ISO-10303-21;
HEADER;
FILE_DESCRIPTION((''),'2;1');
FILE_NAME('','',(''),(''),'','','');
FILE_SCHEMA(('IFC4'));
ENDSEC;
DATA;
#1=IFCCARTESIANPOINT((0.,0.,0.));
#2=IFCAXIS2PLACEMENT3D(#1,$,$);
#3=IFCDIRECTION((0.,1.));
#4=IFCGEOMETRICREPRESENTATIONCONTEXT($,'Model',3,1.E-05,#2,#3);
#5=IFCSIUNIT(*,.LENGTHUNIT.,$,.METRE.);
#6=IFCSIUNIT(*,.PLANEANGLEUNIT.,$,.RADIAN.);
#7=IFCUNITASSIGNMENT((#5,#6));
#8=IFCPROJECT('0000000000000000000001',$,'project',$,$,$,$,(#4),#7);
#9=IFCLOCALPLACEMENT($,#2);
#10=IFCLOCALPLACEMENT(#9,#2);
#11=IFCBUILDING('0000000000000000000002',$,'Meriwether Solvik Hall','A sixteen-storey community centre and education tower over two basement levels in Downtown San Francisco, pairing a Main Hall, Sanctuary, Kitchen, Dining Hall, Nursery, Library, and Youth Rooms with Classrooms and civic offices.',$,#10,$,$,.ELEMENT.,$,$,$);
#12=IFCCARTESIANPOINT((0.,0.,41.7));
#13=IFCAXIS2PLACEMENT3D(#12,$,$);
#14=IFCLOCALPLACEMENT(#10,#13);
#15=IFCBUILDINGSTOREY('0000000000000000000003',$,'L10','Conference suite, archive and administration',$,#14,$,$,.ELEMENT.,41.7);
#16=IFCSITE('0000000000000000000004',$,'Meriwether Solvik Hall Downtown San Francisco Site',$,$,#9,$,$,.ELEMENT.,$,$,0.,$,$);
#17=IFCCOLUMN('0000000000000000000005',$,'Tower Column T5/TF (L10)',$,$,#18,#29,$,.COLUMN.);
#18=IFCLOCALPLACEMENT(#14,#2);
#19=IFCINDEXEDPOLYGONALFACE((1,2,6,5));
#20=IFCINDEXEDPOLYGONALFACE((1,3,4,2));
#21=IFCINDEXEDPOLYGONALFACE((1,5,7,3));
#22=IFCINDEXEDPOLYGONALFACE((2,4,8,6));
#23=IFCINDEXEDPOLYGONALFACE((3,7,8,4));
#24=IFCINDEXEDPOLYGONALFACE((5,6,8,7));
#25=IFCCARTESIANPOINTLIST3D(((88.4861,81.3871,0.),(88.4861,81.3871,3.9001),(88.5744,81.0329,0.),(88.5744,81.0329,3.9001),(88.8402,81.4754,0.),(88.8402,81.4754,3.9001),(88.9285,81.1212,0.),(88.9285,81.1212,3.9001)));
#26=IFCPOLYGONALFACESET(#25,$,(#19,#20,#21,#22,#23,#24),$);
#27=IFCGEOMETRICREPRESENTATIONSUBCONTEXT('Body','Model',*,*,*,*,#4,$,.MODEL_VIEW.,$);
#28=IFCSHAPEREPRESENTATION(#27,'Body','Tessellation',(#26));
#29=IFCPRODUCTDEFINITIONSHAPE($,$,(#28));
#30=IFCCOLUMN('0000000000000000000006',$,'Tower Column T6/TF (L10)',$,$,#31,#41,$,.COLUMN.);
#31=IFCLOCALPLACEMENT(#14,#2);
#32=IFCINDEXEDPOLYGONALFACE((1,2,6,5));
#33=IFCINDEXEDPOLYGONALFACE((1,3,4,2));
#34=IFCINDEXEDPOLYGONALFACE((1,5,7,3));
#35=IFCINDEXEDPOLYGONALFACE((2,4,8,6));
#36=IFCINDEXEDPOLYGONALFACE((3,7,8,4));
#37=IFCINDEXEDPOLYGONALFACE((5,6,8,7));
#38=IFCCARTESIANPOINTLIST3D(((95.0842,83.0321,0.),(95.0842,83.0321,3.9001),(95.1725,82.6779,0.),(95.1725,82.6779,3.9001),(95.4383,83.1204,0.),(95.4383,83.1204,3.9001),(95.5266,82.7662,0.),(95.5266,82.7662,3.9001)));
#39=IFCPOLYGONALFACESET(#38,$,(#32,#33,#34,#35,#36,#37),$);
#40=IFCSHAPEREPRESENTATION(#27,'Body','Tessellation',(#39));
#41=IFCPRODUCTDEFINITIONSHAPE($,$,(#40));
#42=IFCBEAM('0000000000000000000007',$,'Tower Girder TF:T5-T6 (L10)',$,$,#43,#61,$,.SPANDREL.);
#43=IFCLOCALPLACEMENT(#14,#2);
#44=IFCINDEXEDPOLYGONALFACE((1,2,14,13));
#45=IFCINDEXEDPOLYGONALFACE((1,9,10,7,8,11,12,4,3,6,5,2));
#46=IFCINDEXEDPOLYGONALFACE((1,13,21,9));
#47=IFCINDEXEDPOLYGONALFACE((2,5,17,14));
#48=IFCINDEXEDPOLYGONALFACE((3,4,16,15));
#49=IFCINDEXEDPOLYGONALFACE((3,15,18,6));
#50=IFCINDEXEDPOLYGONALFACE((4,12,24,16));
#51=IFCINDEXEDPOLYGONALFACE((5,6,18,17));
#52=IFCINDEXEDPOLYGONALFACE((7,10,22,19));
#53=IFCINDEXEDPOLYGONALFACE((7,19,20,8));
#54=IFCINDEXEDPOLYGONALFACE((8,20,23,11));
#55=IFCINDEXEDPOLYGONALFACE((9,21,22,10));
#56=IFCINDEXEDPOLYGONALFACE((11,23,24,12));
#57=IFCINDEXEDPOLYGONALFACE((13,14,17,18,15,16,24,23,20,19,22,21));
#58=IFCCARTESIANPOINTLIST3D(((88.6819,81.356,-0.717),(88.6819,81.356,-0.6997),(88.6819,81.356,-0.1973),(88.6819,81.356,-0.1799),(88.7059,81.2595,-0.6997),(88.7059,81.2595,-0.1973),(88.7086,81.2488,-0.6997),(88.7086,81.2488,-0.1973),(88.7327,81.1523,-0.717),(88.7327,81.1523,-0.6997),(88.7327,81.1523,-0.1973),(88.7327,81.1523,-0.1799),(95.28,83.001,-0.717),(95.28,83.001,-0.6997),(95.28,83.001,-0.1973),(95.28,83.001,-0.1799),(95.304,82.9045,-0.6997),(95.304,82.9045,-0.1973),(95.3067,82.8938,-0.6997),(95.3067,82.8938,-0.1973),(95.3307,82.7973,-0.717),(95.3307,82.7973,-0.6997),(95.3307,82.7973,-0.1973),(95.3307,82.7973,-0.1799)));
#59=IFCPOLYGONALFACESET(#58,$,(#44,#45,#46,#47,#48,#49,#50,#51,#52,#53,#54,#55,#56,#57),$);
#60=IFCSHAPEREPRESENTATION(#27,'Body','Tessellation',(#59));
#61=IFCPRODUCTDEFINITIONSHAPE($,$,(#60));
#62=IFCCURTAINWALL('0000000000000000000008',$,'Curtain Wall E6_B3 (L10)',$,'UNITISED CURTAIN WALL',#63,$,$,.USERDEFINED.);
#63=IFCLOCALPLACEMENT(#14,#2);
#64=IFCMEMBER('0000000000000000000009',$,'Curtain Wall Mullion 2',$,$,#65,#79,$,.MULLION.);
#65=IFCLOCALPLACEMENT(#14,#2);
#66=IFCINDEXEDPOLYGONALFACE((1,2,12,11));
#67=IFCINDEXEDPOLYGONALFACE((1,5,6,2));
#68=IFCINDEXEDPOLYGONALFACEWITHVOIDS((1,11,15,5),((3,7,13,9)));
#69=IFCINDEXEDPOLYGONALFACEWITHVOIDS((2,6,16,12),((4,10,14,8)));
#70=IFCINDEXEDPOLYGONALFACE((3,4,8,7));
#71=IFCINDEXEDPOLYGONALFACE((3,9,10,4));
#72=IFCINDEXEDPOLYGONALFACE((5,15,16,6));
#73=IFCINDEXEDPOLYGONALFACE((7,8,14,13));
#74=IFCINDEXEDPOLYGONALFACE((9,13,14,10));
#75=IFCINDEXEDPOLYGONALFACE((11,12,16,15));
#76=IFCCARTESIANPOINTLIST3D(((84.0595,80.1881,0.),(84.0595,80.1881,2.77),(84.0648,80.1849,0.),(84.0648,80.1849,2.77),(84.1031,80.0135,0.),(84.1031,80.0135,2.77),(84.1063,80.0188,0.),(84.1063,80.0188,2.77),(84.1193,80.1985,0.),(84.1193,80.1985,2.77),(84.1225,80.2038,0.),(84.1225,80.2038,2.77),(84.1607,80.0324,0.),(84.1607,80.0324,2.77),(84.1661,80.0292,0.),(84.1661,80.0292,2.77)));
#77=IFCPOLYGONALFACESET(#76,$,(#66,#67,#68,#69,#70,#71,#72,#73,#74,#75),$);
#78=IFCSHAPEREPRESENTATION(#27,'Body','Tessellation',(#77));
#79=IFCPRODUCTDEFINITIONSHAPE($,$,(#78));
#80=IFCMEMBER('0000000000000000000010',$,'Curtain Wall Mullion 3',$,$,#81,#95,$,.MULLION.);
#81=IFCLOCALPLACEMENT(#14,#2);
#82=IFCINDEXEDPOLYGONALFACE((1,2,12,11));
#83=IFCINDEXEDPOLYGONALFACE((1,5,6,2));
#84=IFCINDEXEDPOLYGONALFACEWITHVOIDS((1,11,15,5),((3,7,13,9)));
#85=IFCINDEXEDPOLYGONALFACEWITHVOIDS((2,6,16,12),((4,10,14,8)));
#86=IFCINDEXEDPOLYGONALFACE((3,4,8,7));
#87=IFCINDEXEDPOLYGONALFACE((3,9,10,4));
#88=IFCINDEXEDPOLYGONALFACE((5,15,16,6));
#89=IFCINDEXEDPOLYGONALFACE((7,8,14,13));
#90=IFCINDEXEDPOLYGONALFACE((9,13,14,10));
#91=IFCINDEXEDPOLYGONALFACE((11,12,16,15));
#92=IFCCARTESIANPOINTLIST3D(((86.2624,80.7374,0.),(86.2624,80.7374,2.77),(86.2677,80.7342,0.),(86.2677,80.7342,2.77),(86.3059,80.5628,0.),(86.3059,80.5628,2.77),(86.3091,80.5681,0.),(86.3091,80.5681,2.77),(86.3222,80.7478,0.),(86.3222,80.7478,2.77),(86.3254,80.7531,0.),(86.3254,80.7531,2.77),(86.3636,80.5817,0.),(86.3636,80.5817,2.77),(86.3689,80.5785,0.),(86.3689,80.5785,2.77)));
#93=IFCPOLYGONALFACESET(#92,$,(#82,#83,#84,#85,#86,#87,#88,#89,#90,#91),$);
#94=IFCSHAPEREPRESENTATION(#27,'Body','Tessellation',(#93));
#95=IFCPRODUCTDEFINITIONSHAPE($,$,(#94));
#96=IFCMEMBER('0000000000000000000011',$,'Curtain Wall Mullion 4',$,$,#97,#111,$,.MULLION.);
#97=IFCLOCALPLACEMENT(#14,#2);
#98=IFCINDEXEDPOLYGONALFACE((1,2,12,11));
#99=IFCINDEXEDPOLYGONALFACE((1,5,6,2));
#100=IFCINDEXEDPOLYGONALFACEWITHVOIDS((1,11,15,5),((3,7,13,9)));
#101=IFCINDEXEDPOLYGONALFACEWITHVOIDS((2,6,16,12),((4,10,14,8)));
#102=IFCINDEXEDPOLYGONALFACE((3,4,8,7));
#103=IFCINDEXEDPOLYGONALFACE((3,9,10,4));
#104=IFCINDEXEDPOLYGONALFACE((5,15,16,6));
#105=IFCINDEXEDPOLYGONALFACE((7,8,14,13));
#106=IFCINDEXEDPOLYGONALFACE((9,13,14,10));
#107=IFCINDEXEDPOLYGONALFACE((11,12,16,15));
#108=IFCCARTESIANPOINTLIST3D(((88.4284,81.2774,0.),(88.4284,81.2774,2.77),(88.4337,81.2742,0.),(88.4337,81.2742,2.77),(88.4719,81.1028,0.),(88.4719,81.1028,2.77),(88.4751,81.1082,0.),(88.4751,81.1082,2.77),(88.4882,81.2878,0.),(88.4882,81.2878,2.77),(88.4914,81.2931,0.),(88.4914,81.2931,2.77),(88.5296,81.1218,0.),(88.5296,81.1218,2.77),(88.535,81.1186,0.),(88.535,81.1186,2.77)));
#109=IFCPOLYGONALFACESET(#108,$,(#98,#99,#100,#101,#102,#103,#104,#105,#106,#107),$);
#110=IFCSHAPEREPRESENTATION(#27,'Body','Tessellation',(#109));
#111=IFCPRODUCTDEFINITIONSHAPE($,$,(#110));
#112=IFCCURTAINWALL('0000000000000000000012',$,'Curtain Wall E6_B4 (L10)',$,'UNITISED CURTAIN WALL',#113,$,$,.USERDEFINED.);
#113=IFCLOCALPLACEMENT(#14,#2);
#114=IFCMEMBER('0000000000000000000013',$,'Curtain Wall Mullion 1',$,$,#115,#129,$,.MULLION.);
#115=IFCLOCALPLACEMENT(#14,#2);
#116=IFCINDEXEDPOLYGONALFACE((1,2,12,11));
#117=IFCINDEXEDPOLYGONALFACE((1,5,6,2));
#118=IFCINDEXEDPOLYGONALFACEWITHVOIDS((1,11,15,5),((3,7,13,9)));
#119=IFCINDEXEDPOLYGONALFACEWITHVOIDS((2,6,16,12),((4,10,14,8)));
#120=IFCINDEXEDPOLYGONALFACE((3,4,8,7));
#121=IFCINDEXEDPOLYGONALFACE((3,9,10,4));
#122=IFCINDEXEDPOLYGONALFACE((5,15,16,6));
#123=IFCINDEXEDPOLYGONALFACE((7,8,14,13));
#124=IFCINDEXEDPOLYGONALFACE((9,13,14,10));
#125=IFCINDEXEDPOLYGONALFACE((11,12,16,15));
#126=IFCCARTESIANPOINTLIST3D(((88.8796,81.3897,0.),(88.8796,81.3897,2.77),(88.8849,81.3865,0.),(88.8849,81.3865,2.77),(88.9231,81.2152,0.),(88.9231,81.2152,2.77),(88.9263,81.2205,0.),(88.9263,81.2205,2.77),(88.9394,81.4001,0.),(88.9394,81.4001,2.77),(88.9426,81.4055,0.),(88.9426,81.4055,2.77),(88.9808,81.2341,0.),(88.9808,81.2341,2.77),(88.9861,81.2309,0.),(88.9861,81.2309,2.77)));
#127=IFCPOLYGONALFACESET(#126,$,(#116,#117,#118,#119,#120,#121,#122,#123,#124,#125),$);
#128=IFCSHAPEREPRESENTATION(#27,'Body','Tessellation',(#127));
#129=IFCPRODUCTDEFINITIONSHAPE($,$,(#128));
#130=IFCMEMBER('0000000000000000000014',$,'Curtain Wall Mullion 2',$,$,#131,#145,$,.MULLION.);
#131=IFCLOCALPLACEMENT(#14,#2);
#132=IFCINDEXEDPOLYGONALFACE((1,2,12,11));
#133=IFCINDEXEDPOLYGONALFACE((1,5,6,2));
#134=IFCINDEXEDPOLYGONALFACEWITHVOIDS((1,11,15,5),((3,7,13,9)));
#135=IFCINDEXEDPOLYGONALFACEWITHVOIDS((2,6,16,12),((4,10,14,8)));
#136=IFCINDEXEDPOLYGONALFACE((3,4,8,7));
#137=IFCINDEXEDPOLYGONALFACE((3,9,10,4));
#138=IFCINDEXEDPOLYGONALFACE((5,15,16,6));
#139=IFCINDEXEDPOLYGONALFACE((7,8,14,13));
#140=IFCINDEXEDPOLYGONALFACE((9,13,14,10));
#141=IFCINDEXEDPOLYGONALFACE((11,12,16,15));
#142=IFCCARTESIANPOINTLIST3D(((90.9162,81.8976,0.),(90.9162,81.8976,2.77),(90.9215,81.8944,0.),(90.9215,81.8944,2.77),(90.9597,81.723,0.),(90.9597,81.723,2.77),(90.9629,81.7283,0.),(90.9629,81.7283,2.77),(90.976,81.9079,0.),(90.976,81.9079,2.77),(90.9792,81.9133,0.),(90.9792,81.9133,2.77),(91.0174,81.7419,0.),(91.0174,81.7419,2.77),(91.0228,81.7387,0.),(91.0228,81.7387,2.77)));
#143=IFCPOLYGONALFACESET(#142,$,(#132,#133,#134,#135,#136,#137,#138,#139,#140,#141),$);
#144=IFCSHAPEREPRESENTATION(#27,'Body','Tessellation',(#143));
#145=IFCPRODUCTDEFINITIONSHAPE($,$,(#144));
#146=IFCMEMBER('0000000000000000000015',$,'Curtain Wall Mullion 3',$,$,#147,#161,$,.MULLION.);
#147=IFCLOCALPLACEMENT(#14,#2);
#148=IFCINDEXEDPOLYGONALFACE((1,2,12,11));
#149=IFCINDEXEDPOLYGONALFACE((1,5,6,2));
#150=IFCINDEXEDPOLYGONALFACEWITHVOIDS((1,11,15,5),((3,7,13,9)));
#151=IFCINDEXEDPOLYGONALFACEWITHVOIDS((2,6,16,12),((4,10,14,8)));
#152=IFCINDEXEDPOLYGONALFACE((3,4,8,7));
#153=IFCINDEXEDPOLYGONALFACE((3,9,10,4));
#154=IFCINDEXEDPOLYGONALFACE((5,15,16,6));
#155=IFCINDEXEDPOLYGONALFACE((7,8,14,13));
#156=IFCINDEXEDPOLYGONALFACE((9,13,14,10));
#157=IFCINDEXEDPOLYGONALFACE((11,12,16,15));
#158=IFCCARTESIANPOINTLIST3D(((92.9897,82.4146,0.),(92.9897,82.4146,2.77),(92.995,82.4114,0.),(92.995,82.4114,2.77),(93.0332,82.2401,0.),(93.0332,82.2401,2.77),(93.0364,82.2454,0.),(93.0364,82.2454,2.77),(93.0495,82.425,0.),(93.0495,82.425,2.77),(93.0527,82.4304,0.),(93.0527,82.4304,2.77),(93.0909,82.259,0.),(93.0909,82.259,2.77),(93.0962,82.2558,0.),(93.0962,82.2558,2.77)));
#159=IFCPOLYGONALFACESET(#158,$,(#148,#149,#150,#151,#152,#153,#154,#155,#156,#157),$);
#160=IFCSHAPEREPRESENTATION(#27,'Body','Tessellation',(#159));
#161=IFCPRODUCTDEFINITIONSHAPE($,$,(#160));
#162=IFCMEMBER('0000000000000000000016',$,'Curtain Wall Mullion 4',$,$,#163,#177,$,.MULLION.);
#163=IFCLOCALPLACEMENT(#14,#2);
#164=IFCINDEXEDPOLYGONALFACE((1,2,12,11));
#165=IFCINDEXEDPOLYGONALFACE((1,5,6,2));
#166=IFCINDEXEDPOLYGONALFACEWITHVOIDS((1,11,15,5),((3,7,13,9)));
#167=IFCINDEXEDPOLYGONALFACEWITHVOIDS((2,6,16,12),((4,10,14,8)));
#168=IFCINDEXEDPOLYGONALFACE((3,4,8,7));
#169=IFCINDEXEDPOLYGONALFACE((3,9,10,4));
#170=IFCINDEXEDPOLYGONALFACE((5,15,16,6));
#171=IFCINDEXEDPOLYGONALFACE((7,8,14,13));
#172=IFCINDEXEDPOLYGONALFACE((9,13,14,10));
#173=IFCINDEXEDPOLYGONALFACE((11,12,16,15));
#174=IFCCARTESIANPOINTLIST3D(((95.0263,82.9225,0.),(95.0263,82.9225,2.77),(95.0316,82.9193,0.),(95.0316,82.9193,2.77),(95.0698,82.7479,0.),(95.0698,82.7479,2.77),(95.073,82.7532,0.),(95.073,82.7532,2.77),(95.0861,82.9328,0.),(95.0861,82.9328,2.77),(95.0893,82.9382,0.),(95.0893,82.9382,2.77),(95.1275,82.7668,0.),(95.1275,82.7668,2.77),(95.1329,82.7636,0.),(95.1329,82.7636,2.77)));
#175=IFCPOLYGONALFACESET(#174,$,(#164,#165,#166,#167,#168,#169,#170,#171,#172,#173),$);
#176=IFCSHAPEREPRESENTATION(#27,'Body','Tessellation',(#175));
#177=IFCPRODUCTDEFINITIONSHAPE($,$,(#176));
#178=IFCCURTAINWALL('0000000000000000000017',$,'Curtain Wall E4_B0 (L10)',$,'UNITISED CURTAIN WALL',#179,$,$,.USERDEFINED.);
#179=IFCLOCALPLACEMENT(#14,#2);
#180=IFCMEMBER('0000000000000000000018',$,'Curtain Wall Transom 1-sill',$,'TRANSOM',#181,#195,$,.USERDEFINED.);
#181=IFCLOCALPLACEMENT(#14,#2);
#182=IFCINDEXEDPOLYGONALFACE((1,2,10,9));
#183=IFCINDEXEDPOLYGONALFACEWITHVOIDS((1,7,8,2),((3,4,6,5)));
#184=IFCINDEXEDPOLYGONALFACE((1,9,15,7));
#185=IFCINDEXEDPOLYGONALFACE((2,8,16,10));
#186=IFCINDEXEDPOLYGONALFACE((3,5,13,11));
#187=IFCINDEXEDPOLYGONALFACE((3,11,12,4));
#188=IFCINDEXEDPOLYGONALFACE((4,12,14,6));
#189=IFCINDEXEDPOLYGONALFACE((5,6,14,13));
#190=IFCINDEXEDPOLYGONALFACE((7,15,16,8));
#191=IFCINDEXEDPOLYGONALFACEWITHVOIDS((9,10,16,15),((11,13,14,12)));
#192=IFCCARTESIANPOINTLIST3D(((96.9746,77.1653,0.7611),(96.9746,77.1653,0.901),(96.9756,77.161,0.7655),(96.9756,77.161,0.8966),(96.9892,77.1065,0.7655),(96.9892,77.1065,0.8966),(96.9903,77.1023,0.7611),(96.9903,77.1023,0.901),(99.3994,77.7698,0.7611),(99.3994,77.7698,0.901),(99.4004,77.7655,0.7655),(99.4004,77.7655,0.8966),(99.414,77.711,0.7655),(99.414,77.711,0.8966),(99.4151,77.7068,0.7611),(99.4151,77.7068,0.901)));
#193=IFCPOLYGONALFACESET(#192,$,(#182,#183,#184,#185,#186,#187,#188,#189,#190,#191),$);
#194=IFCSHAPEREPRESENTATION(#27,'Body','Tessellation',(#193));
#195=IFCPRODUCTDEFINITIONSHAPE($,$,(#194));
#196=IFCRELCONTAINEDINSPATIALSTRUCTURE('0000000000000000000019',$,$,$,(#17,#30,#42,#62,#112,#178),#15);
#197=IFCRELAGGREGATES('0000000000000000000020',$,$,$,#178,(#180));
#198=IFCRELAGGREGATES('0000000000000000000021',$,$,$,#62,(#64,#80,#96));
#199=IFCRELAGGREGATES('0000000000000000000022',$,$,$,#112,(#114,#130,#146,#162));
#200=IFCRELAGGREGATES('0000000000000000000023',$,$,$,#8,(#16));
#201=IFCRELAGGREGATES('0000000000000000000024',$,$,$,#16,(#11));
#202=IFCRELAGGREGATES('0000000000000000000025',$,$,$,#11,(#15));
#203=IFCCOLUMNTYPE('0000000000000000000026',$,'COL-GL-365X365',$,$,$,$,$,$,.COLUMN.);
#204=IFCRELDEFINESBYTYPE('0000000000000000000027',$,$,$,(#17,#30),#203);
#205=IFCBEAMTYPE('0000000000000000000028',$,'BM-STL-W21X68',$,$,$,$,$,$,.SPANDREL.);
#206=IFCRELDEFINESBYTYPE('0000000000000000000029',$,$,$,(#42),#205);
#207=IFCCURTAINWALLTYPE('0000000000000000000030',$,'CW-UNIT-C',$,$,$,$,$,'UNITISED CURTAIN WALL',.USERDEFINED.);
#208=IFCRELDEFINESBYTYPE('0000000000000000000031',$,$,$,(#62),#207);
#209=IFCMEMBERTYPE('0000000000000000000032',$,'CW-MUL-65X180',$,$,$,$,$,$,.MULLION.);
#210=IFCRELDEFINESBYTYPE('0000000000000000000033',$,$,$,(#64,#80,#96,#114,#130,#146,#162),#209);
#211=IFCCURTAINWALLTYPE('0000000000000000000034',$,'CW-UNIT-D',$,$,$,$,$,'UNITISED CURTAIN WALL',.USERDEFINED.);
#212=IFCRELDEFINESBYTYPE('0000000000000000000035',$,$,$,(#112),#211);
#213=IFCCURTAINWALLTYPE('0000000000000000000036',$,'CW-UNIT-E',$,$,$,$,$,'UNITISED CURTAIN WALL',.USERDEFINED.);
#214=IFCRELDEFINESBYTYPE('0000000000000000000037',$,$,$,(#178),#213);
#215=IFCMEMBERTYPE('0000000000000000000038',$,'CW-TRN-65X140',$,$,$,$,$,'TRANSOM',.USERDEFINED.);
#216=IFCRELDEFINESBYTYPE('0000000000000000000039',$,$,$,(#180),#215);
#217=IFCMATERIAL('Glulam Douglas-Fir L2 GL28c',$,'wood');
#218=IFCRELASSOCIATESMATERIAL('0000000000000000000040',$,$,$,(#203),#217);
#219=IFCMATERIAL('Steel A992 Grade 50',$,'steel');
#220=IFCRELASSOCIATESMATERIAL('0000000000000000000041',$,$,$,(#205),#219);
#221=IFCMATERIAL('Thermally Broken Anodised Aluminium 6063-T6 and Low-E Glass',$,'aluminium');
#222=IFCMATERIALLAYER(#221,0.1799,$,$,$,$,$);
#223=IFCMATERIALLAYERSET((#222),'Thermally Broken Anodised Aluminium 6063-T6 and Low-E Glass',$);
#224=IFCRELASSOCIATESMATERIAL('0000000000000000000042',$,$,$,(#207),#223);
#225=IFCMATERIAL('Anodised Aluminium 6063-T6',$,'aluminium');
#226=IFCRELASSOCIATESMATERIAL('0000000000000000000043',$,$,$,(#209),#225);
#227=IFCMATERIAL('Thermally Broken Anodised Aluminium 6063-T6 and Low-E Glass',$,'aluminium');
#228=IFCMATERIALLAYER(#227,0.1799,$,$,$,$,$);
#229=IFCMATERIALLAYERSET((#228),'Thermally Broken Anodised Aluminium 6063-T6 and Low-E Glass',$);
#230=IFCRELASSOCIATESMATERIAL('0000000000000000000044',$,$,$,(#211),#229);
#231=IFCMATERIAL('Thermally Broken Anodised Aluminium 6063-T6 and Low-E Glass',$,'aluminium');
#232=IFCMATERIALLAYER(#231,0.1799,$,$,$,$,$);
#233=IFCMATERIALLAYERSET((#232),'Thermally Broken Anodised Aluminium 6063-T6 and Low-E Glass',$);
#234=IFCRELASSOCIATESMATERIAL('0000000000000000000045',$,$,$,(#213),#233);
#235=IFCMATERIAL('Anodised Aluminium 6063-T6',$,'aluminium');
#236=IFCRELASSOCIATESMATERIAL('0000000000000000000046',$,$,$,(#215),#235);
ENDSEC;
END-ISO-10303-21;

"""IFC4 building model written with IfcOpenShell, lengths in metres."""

from ifc_helpers import new_model, si_unit, direction, frame, origin, origin_2d, place, context, subcontext, project, spatial, rectangle, hollow_rectangle, i_section, extrude, material, layer, layer_set, material_profile, profile_set, type_object, element, aggregate, save


model = new_model("IFC4")

# Units and contexts
model_context = context("Model", 3, precision=1e-05, world=origin(), true_north=direction((0.0, 1.0)))
body_context = subcontext(model_context, "Body", "Model", "MODEL_VIEW")
ifc_project = project(units=[si_unit("LENGTHUNIT", "METRE"), si_unit("PLANEANGLEUNIT", "RADIAN")], contexts=[model_context])

# Site, building, storey
site_placement = place(None, origin())
site = spatial("IfcSite", under=ifc_project, at=site_placement, Name="Meriwether Solvik Hall Downtown San Francisco Site", CompositionType="ELEMENT", RefElevation=0.0)
building_placement = place(site_placement, origin())
building = spatial("IfcBuilding", under=site, at=building_placement, Name="Meriwether Solvik Hall", Description="A sixteen-storey community centre and education tower over two basement levels in Downtown San Francisco, pairing a Main Hall, Sanctuary, Kitchen, Dining Hall, Nursery, Library, and Youth Rooms with Classrooms and civic offices.", CompositionType="ELEMENT")
storey_placement = place(building_placement, frame((0.0, 0.0, 41.7)))
storey = spatial("IfcBuildingStorey", under=building, at=storey_placement, Name="L10", Description="Conference suite, archive and administration", CompositionType="ELEMENT", Elevation=41.7)

# Columns
ifc_material_1 = material(Name="Glulam Douglas-Fir L2 GL28c", Category="wood")
ifc_material_profile_1 = material_profile(ifc_material_1, rectangle(XDim=0.365, YDim=0.365, at=origin_2d()), Name="GLC-365X365")
ifc_profile_set_1 = profile_set([ifc_material_profile_1], Name="Glulam Douglas-Fir L2 GL28c")
column_type = type_object("IfcColumnType", Name="COL-GL-365X365", PredefinedType="COLUMN", material=ifc_profile_set_1)
for number, where, z_axis, x_axis, name in (
    (1, (88.7073, 81.2542, 0.0), (0.0, 0.0, 1.0), (0.970296, 0.241922, 0.0), "Tower Column T5/TF (L10)"),
    (2, (95.3054, 82.8992, 0.0), (0.0, 0.0, 1.0), (0.970296, 0.241922, 0.0), "Tower Column T6/TF (L10)"),
):
    element("IfcColumn", number, at=place(storey_placement, frame(where, z_axis=z_axis, x_axis=x_axis)), inside=storey, type_object=column_type, Name=name, PredefinedType="COLUMN", context=body_context, shape_type="SweptSolid", body=[
        extrude(rectangle(XDim=0.365, YDim=0.365, at=origin_2d()), origin(), (0.0, 0.0, 1.0), 3.9001),
    ])

# Beam
ifc_material_2 = material(Name="Steel A992 Grade 50", Category="steel")
ifc_material_profile_2 = material_profile(ifc_material_2, i_section(OverallWidth=0.21, OverallDepth=0.5371, WebThickness=0.011, FlangeThickness=0.0173, at=origin_2d()), Name="W21X68")
ifc_profile_set_2 = profile_set([ifc_material_profile_2], Name="Steel A992 Grade 50")
beam_type = type_object("IfcBeamType", Name="BM-STL-W21X68", PredefinedType="SPANDREL", material=ifc_profile_set_2)
beam_placement = place(storey_placement, frame((88.7073, 81.2542, -0.4485), z_axis=(0.970299, 0.24191, 0.0), x_axis=(-0.24191, 0.970299, 0.0)))
element("IfcBeam", 3, at=beam_placement, inside=storey, type_object=beam_type, Name="Tower Girder TF:T5-T6 (L10)", PredefinedType="SPANDREL", context=body_context, shape_type="SweptSolid", body=[
    extrude(i_section(OverallWidth=0.21, OverallDepth=0.5371, WebThickness=0.011, FlangeThickness=0.0173, at=origin_2d()), origin(), (0.0, 0.0, 1.0), 6.8),
])

# Curtain walls, members
ifc_material_3 = material(Name="Thermally Broken Anodised Aluminium 6063-T6 and Low-E Glass", Category="aluminium")
ifc_layer_1 = layer(ifc_material_3, 0.1799)
ifc_layer_set_1 = layer_set([ifc_layer_1], Name="Thermally Broken Anodised Aluminium 6063-T6 and Low-E Glass")
curtain_wall_type_1 = type_object("IfcCurtainWallType", Name="CW-UNIT-C", ElementType="UNITISED CURTAIN WALL", PredefinedType="USERDEFINED", material=ifc_layer_set_1)
curtain_wall_1_placement = place(storey_placement, origin())
curtain_wall_1 = element("IfcCurtainWall", 4, at=curtain_wall_1_placement, inside=storey, type_object=curtain_wall_type_1, Name="Curtain Wall E6_B3 (L10)", ObjectType="UNITISED CURTAIN WALL", PredefinedType="USERDEFINED")
ifc_material_4 = material(Name="Anodised Aluminium 6063-T6", Category="aluminium")
ifc_material_profile_3 = material_profile(ifc_material_4, hollow_rectangle(XDim=0.0649, YDim=0.1799, WallThickness=0.0044, at=origin_2d()), Name="CWM-65X180")
ifc_profile_set_3 = profile_set([ifc_material_profile_3], Name="Anodised Aluminium 6063-T6")
member_type_1 = type_object("IfcMemberType", Name="CW-MUL-65X180", PredefinedType="MULLION", material=ifc_profile_set_3)
member_1_placement = place(storey_placement, frame((84.1128, 80.1086, 0.0), z_axis=(0.0, 0.0, 1.0), x_axis=(0.970296, 0.241922, 0.0)))
member_1 = element("IfcMember", 5, at=member_1_placement, type_object=member_type_1, Name="Curtain Wall Mullion 2", PredefinedType="MULLION", context=body_context, shape_type="SweptSolid", body=[
    extrude(hollow_rectangle(XDim=0.0649, YDim=0.1799, WallThickness=0.0044, at=origin_2d()), origin(), (0.0, 0.0, 1.0), 2.77),
])
member_2_placement = place(storey_placement, frame((86.3157, 80.658, 0.0), z_axis=(0.0, 0.0, 1.0), x_axis=(0.970296, 0.241922, 0.0)))
member_2 = element("IfcMember", 6, at=member_2_placement, type_object=member_type_1, Name="Curtain Wall Mullion 3", PredefinedType="MULLION", context=body_context, shape_type="SweptSolid", body=[
    extrude(hollow_rectangle(XDim=0.0649, YDim=0.1799, WallThickness=0.0044, at=origin_2d()), origin(), (0.0, 0.0, 1.0), 2.77),
])
member_3_placement = place(storey_placement, frame((88.4817, 81.198, 0.0), z_axis=(0.0, 0.0, 1.0), x_axis=(0.970296, 0.241922, 0.0)))
member_3 = element("IfcMember", 7, at=member_3_placement, type_object=member_type_1, Name="Curtain Wall Mullion 4", PredefinedType="MULLION", context=body_context, shape_type="SweptSolid", body=[
    extrude(hollow_rectangle(XDim=0.0649, YDim=0.1799, WallThickness=0.0044, at=origin_2d()), origin(), (0.0, 0.0, 1.0), 2.77),
])
ifc_material_5 = material(Name="Thermally Broken Anodised Aluminium 6063-T6 and Low-E Glass", Category="aluminium")
ifc_layer_2 = layer(ifc_material_5, 0.1799)
ifc_layer_set_2 = layer_set([ifc_layer_2], Name="Thermally Broken Anodised Aluminium 6063-T6 and Low-E Glass")
curtain_wall_type_2 = type_object("IfcCurtainWallType", Name="CW-UNIT-D", ElementType="UNITISED CURTAIN WALL", PredefinedType="USERDEFINED", material=ifc_layer_set_2)
curtain_wall_2_placement = place(storey_placement, origin())
curtain_wall_2 = element("IfcCurtainWall", 8, at=curtain_wall_2_placement, inside=storey, type_object=curtain_wall_type_2, Name="Curtain Wall E6_B4 (L10)", ObjectType="UNITISED CURTAIN WALL", PredefinedType="USERDEFINED")
member_4_placement = place(storey_placement, frame((88.9329, 81.3103, 0.0), z_axis=(0.0, 0.0, 1.0), x_axis=(0.970296, 0.241922, 0.0)))
member_4 = element("IfcMember", 9, at=member_4_placement, type_object=member_type_1, Name="Curtain Wall Mullion 1", PredefinedType="MULLION", context=body_context, shape_type="SweptSolid", body=[
    extrude(hollow_rectangle(XDim=0.0649, YDim=0.1799, WallThickness=0.0044, at=origin_2d()), origin(), (0.0, 0.0, 1.0), 2.77),
])
member_5_placement = place(storey_placement, frame((90.9695, 81.8181, 0.0), z_axis=(0.0, 0.0, 1.0), x_axis=(0.970296, 0.241922, 0.0)))
member_5 = element("IfcMember", 10, at=member_5_placement, type_object=member_type_1, Name="Curtain Wall Mullion 2", PredefinedType="MULLION", context=body_context, shape_type="SweptSolid", body=[
    extrude(hollow_rectangle(XDim=0.0649, YDim=0.1799, WallThickness=0.0044, at=origin_2d()), origin(), (0.0, 0.0, 1.0), 2.77),
])
member_6_placement = place(storey_placement, frame((93.043, 82.3352, 0.0), z_axis=(0.0, 0.0, 1.0), x_axis=(0.970296, 0.241922, 0.0)))
member_6 = element("IfcMember", 11, at=member_6_placement, type_object=member_type_1, Name="Curtain Wall Mullion 3", PredefinedType="MULLION", context=body_context, shape_type="SweptSolid", body=[
    extrude(hollow_rectangle(XDim=0.0649, YDim=0.1799, WallThickness=0.0044, at=origin_2d()), origin(), (0.0, 0.0, 1.0), 2.77),
])
member_7_placement = place(storey_placement, frame((95.0796, 82.843, 0.0), z_axis=(0.0, 0.0, 1.0), x_axis=(0.970296, 0.241922, 0.0)))
member_7 = element("IfcMember", 12, at=member_7_placement, type_object=member_type_1, Name="Curtain Wall Mullion 4", PredefinedType="MULLION", context=body_context, shape_type="SweptSolid", body=[
    extrude(hollow_rectangle(XDim=0.0649, YDim=0.1799, WallThickness=0.0044, at=origin_2d()), origin(), (0.0, 0.0, 1.0), 2.77),
])
ifc_material_6 = material(Name="Thermally Broken Anodised Aluminium 6063-T6 and Low-E Glass", Category="aluminium")
ifc_layer_3 = layer(ifc_material_6, 0.1799)
ifc_layer_set_3 = layer_set([ifc_layer_3], Name="Thermally Broken Anodised Aluminium 6063-T6 and Low-E Glass")
curtain_wall_type_3 = type_object("IfcCurtainWallType", Name="CW-UNIT-E", ElementType="UNITISED CURTAIN WALL", PredefinedType="USERDEFINED", material=ifc_layer_set_3)
curtain_wall_3_placement = place(storey_placement, origin())
curtain_wall_3 = element("IfcCurtainWall", 13, at=curtain_wall_3_placement, inside=storey, type_object=curtain_wall_type_3, Name="Curtain Wall E4_B0 (L10)", ObjectType="UNITISED CURTAIN WALL", PredefinedType="USERDEFINED")
ifc_material_7 = material(Name="Anodised Aluminium 6063-T6", Category="aluminium")
ifc_material_profile_4 = material_profile(ifc_material_7, hollow_rectangle(XDim=0.0649, YDim=0.1399, WallThickness=0.0044, at=origin_2d()), Name="CWT-65X140")
ifc_profile_set_4 = profile_set([ifc_material_profile_4], Name="Anodised Aluminium 6063-T6")
member_type_2 = type_object("IfcMemberType", Name="CW-TRN-65X140", ElementType="TRANSOM", PredefinedType="USERDEFINED", material=ifc_profile_set_4)
member_8_placement = place(storey_placement, frame((96.9824, 77.1338, 0.8311), z_axis=(0.970303, 0.241892, 0.0), x_axis=(-0.241892, 0.970303, 0.0)))
member_8 = element("IfcMember", 14, at=member_8_placement, type_object=member_type_2, Name="Curtain Wall Transom 1-sill", ObjectType="TRANSOM", PredefinedType="USERDEFINED", context=body_context, shape_type="SweptSolid", body=[
    extrude(hollow_rectangle(XDim=0.0649, YDim=0.1399, WallThickness=0.0044, at=origin_2d()), origin(), (0.0, 0.0, 1.0), 2.499),
])
aggregate(curtain_wall_3, [member_8])

aggregate(curtain_wall_1, [member_1, member_2, member_3])
aggregate(curtain_wall_2, [member_4, member_5, member_6, member_7])

save(model, "model.ifc")
